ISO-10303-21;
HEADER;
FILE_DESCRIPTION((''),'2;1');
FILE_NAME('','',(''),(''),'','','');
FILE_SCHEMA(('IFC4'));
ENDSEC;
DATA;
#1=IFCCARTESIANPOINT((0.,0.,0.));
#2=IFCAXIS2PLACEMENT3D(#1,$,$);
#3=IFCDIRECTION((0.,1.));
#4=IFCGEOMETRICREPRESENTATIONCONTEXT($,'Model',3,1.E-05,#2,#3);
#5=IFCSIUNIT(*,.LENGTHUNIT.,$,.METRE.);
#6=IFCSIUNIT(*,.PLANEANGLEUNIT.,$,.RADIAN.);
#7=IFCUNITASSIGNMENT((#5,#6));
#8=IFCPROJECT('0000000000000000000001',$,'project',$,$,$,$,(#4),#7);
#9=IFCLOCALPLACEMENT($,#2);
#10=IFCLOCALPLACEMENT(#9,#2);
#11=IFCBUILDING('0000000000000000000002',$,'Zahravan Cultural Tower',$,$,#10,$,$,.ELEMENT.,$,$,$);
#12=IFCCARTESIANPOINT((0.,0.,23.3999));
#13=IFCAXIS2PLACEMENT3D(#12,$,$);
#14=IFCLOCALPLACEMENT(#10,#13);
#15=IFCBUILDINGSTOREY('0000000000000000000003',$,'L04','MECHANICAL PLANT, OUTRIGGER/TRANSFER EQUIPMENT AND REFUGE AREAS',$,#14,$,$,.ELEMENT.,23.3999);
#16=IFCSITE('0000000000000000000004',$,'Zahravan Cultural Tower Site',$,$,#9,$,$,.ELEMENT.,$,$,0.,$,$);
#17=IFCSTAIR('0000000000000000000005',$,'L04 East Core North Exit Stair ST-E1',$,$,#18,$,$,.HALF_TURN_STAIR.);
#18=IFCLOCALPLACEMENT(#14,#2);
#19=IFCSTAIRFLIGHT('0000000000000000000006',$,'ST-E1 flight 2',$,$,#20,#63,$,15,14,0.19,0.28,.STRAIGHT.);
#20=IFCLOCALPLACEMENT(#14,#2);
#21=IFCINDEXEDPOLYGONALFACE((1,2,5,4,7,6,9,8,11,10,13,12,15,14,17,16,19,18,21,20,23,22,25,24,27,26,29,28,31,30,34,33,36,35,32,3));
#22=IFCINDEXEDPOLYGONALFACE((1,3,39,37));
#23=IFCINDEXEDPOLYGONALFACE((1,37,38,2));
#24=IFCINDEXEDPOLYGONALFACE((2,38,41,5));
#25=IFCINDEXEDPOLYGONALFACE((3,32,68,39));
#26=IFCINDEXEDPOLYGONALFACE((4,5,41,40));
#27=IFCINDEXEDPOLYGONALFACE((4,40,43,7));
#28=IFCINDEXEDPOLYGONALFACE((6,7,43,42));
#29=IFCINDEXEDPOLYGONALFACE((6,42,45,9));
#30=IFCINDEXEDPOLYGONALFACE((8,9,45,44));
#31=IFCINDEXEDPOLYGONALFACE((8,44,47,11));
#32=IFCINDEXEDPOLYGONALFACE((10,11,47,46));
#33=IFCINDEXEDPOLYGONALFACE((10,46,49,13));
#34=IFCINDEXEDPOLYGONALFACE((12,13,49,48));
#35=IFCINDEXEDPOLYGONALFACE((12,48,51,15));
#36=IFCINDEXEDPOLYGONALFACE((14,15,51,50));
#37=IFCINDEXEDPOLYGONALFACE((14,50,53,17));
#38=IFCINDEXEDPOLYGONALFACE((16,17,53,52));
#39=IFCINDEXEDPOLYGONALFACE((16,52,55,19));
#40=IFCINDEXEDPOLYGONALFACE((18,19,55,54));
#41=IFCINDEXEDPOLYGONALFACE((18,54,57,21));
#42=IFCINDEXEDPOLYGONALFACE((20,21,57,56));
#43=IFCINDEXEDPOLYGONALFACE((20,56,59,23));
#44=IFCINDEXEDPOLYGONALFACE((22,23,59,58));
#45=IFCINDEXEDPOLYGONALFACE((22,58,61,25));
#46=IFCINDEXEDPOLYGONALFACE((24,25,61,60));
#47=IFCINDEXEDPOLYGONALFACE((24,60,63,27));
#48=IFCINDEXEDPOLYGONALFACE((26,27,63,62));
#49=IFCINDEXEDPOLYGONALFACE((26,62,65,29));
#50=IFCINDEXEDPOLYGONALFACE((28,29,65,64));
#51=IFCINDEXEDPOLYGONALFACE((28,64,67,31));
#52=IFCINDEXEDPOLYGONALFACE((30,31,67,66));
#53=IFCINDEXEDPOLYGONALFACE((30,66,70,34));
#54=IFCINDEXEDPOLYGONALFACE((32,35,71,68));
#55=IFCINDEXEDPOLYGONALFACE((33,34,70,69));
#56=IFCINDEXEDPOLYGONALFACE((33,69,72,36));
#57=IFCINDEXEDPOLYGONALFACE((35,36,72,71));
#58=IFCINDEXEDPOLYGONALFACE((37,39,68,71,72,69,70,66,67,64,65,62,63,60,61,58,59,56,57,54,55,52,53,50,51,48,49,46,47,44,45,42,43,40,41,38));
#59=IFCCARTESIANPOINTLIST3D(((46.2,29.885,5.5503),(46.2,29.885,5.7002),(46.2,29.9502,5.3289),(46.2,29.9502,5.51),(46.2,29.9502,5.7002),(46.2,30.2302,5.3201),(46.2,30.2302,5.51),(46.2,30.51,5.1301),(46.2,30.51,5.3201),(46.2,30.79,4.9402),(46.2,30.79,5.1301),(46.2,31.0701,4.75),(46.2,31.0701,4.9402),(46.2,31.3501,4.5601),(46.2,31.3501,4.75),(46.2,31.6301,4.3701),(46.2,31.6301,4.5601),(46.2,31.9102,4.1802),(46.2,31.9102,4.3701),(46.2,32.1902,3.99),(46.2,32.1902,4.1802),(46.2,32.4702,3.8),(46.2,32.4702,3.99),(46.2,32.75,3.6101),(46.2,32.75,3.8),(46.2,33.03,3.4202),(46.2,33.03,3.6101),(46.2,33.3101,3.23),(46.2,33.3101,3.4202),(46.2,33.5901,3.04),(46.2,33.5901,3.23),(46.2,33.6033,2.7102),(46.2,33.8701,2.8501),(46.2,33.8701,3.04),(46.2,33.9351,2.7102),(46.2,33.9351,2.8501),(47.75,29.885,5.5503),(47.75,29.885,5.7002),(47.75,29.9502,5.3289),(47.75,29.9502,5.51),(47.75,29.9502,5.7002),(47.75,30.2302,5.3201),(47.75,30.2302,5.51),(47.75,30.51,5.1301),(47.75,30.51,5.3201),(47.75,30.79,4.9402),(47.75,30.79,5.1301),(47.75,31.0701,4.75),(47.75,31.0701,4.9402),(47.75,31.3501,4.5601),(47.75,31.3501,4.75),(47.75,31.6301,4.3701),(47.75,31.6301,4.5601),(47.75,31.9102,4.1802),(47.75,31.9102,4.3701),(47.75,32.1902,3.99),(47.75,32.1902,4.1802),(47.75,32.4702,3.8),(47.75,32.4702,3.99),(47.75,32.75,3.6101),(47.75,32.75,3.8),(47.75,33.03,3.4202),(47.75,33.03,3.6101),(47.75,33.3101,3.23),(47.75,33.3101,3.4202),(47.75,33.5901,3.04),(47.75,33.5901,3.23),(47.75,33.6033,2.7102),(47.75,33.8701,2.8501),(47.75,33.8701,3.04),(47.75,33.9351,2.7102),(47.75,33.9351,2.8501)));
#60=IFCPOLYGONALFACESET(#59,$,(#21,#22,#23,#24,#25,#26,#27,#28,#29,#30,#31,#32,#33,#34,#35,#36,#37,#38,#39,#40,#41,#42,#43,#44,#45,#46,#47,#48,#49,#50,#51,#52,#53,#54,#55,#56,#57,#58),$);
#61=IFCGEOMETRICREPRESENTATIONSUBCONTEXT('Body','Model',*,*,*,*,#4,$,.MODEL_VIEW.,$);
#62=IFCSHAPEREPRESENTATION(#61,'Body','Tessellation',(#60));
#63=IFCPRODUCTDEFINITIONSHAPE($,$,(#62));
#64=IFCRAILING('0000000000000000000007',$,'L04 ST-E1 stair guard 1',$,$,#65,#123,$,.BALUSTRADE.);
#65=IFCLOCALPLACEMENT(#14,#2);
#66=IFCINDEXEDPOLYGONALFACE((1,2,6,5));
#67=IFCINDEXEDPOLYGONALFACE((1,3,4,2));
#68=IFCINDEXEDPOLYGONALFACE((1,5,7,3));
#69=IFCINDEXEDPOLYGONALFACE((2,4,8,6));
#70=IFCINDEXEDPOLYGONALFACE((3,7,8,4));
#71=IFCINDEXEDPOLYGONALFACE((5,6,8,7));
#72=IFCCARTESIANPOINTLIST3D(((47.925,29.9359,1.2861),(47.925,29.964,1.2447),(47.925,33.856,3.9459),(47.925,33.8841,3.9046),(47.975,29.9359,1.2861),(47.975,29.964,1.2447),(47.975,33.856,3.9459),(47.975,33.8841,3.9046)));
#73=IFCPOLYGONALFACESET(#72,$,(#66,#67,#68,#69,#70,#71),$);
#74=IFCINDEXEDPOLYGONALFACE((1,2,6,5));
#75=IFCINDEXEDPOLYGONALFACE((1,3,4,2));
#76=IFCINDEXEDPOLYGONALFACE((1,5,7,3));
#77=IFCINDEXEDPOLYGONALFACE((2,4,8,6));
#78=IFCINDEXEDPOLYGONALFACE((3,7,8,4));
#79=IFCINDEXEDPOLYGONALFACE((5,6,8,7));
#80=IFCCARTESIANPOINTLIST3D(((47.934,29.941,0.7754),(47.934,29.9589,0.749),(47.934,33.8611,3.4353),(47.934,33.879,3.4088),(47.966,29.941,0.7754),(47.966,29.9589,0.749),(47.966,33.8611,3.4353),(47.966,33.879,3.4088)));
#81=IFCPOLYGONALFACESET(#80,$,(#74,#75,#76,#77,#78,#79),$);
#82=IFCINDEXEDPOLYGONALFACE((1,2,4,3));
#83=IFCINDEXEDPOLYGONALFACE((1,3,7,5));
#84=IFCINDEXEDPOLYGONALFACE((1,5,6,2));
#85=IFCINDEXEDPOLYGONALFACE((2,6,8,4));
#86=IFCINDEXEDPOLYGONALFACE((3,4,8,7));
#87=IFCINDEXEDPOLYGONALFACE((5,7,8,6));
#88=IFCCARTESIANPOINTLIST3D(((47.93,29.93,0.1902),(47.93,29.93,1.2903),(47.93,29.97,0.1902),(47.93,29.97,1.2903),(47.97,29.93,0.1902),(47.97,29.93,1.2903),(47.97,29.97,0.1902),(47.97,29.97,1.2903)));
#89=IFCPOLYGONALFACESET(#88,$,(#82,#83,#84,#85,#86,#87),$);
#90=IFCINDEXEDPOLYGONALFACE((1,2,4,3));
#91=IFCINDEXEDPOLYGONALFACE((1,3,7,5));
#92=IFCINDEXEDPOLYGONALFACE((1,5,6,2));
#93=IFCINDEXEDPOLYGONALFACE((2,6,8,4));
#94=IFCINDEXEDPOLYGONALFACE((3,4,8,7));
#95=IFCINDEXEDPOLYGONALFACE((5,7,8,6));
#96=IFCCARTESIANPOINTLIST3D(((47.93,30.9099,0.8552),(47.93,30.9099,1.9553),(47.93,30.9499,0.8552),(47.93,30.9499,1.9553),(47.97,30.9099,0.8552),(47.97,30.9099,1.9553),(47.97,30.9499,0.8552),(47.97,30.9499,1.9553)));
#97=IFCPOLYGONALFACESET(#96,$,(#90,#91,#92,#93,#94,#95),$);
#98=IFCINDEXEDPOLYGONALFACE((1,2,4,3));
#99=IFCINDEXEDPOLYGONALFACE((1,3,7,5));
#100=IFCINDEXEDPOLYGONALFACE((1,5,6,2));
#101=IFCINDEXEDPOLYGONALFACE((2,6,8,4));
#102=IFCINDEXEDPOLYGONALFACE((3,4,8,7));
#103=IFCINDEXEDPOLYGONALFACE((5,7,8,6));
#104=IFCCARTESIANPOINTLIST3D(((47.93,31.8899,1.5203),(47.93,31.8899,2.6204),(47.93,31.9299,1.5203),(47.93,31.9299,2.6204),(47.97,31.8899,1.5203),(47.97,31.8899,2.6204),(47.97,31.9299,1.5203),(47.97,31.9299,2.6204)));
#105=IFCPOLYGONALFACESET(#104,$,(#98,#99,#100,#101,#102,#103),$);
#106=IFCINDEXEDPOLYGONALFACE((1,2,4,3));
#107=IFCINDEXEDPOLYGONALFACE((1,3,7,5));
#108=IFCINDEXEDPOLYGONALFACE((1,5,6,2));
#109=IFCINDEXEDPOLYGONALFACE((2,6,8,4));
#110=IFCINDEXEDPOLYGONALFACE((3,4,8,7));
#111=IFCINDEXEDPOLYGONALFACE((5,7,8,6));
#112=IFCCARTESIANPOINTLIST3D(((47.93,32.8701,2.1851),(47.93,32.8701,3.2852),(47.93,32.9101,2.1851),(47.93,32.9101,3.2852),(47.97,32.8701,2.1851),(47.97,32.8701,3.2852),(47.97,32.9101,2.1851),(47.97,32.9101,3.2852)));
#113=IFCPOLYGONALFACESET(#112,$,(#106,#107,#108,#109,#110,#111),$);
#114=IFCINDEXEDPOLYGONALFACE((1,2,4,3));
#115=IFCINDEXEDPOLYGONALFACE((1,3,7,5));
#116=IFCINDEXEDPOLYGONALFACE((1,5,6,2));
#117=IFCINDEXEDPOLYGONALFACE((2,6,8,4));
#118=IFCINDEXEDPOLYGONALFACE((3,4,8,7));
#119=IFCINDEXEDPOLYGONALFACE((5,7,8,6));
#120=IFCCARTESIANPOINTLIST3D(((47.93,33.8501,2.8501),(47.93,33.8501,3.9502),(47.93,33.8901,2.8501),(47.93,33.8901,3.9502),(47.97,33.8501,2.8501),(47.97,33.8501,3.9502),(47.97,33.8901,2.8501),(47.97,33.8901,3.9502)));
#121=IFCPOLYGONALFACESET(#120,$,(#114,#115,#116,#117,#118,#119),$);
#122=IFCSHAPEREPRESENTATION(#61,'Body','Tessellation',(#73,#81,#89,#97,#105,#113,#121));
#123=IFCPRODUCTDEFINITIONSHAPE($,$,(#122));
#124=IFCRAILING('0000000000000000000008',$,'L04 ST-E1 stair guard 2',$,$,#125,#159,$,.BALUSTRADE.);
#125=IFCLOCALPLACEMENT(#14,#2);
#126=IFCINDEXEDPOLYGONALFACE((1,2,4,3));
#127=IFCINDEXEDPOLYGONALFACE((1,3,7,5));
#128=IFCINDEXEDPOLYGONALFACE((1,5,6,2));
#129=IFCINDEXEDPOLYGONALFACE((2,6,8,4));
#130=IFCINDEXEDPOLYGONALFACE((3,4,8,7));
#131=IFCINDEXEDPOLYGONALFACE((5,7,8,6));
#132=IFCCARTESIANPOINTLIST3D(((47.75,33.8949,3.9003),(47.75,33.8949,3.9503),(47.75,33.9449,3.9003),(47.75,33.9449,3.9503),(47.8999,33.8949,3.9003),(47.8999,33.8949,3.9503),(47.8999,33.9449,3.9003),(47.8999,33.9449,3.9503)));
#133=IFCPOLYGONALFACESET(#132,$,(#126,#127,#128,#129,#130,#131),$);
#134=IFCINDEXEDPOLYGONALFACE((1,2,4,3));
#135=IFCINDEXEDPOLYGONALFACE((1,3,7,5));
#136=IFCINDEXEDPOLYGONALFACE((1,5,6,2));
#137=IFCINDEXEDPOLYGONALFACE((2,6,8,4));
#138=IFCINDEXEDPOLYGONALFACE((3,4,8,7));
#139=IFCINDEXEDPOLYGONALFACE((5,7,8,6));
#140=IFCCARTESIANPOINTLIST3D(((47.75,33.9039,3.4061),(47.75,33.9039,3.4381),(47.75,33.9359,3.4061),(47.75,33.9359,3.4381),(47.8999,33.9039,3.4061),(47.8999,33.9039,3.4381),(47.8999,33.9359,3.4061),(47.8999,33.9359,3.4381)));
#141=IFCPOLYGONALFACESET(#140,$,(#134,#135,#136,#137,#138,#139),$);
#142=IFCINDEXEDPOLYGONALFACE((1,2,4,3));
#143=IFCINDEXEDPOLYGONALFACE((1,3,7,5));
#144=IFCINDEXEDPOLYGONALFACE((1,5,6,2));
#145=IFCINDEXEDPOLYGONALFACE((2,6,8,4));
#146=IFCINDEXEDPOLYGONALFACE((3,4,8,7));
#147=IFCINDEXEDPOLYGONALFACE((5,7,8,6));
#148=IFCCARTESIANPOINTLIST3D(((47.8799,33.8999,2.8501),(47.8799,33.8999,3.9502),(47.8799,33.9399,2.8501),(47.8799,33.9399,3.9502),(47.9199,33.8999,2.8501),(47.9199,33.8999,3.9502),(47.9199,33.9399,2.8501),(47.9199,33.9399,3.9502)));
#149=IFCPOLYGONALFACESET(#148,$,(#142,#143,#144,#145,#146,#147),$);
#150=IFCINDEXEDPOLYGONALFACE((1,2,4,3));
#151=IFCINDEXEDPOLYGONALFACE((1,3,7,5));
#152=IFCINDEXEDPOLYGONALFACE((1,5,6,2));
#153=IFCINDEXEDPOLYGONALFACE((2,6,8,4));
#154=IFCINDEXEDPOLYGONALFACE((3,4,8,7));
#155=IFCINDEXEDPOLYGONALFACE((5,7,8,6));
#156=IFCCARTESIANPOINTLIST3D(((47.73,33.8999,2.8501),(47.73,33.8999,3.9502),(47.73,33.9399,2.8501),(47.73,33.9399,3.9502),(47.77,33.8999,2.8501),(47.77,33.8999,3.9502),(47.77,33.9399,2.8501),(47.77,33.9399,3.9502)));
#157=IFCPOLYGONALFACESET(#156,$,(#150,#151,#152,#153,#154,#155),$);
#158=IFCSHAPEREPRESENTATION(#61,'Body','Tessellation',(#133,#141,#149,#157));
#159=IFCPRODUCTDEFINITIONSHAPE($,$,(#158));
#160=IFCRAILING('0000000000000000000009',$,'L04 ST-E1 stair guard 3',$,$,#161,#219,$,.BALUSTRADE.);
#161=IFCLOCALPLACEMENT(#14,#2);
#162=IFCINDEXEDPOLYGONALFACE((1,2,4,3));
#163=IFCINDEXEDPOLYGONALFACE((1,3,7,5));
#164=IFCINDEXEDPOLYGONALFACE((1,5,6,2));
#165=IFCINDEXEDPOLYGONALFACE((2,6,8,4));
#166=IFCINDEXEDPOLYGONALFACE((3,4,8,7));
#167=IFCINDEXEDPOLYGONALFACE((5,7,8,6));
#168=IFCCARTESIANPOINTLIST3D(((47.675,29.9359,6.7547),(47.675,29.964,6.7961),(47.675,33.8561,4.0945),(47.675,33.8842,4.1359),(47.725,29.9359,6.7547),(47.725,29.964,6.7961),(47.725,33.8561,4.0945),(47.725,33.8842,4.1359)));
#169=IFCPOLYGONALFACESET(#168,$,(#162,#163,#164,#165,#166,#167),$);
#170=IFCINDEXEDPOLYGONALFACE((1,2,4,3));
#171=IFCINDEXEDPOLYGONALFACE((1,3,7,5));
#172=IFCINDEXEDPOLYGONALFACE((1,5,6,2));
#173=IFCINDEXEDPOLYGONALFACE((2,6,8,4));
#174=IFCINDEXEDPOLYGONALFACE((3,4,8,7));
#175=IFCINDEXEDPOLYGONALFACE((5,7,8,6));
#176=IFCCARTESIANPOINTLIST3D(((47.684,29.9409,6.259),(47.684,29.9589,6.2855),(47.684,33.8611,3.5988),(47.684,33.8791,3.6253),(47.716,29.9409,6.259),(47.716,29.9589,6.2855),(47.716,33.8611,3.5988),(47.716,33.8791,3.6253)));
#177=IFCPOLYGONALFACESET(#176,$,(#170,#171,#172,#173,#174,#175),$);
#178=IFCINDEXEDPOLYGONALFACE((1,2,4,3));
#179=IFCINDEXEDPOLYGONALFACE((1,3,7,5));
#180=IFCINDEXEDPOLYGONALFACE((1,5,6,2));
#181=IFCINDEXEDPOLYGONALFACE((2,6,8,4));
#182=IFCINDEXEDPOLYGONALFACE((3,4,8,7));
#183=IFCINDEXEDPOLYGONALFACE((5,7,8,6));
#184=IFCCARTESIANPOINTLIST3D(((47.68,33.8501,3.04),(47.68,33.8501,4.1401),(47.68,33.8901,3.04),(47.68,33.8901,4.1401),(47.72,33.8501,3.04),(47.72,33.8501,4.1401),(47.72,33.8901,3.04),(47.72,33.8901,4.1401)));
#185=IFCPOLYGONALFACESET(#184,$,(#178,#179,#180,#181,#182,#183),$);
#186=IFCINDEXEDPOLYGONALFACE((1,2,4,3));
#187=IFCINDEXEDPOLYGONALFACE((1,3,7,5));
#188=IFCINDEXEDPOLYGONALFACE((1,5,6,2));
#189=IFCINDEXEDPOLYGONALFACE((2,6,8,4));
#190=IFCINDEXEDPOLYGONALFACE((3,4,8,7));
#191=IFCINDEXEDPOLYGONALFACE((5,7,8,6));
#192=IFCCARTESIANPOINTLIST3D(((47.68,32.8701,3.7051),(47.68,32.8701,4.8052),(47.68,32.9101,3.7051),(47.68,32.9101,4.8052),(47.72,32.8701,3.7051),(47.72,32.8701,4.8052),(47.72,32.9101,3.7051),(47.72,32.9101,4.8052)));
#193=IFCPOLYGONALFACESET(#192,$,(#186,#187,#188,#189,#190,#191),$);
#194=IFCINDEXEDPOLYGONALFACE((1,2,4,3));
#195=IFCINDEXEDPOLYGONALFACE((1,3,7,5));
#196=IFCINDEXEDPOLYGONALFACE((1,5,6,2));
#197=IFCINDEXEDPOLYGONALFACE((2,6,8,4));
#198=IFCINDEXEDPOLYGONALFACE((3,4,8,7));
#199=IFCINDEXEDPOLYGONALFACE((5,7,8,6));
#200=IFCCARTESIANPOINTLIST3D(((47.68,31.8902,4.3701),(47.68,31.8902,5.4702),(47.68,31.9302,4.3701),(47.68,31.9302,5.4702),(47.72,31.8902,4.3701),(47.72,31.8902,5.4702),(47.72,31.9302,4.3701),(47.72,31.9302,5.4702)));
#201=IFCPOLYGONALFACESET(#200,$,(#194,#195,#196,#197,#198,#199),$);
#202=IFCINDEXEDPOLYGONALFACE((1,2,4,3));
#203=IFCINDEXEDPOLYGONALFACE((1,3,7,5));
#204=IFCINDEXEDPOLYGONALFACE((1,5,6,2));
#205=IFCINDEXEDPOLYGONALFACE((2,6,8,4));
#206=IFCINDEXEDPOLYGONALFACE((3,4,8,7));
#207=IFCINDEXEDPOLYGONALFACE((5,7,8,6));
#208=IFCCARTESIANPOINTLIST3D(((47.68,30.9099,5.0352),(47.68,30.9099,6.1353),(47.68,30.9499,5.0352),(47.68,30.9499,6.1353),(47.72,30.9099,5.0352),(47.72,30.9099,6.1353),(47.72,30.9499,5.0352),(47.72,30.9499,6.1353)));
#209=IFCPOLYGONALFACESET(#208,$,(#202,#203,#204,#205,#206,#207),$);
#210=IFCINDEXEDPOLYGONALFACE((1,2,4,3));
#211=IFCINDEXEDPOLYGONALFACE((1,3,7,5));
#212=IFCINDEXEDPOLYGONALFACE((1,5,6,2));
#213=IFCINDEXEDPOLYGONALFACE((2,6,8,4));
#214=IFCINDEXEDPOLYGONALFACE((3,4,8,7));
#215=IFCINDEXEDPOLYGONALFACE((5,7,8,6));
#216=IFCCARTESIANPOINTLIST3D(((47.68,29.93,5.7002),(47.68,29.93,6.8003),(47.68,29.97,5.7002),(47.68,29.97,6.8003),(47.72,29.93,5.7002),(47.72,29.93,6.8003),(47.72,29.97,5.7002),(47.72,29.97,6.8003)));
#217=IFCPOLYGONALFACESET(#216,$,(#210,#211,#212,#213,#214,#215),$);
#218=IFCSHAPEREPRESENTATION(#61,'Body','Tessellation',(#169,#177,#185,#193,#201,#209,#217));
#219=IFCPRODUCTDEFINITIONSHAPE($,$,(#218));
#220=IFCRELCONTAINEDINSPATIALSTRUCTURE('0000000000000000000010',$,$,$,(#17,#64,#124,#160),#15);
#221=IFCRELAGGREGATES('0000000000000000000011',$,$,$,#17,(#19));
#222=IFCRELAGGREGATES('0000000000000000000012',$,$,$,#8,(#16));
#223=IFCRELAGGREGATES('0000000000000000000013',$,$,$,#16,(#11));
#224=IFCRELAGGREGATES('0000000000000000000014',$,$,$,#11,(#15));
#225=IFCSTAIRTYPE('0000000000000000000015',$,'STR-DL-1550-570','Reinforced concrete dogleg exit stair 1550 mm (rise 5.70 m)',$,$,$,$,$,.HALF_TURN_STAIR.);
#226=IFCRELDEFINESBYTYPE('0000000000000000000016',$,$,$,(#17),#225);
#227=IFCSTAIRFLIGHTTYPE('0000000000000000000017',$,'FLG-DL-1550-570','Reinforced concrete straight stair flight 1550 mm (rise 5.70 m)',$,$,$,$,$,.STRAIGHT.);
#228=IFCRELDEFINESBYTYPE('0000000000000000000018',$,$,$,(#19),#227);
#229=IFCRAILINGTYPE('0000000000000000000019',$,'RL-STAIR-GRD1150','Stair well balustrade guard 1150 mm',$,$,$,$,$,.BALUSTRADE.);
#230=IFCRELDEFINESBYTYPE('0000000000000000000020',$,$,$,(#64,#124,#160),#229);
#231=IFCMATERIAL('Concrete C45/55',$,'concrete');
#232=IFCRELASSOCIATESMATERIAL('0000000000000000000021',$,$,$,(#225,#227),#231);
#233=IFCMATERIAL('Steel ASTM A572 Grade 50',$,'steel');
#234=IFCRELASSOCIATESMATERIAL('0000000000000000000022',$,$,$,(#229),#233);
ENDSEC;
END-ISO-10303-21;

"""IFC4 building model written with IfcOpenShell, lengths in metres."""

from ifc_helpers import new_model, si_unit, direction, frame, origin, origin_2d, place, context, subcontext, project, spatial, polyline, rectangle, outline, extrude, material, type_object, element, aggregate, save


model = new_model("IFC4")

# Units and contexts
model_context = context("Model", 3, precision=1e-05, world=origin(), true_north=direction((0.0, 1.0)))
body_context = subcontext(model_context, "Body", "Model", "MODEL_VIEW")
ifc_project = project(units=[si_unit("LENGTHUNIT", "METRE"), si_unit("PLANEANGLEUNIT", "RADIAN")], contexts=[model_context])

# Site, building, storey
site_placement = place(None, origin())
site = spatial("IfcSite", under=ifc_project, at=site_placement, Name="Zahravan Cultural Tower Site", CompositionType="ELEMENT", RefElevation=0.0)
building_placement = place(site_placement, origin())
building = spatial("IfcBuilding", under=site, at=building_placement, Name="Zahravan Cultural Tower", CompositionType="ELEMENT")
storey_placement = place(building_placement, frame((0.0, 0.0, 23.3999)))
storey = spatial("IfcBuildingStorey", under=building, at=storey_placement, Name="L04", Description="MECHANICAL PLANT, OUTRIGGER/TRANSFER EQUIPMENT AND REFUGE AREAS", CompositionType="ELEMENT", Elevation=23.3999)

# Shared definitions
ifc_material_1 = material(Name="Steel ASTM A572 Grade 50", Category="steel")

# Shared definitions
ifc_material_2 = material(Name="Concrete C45/55", Category="concrete")

# Stair, stair flight
stair_type = type_object("IfcStairType", Name="STR-DL-1550-570", Description="Reinforced concrete dogleg exit stair 1550 mm (rise 5.70 m)", PredefinedType="HALF_TURN_STAIR", material=ifc_material_2)
stair_placement = place(storey_placement, origin())
stair = element("IfcStair", 1, at=stair_placement, inside=storey, type_object=stair_type, Name="L04 East Core North Exit Stair ST-E1", PredefinedType="HALF_TURN_STAIR")
stair_flight_type = type_object("IfcStairFlightType", Name="FLG-DL-1550-570", Description="Reinforced concrete straight stair flight 1550 mm (rise 5.70 m)", PredefinedType="STRAIGHT", material=ifc_material_2)
stair_flight_1_placement = place(storey_placement, frame((46.9751, 33.8701, 2.8501), z_axis=(0.0, 0.0, 1.0), x_axis=(0.0, -1.0, 0.0)))
stair_flight_1 = element("IfcStairFlight", 2, at=stair_flight_1_placement, type_object=stair_flight_type, Name="ST-E1 flight 2", NumberOfRisers=15, NumberOfTreads=14, PredefinedType="STRAIGHT", RiserHeight=0.19, TreadLength=0.28, context=body_context, shape_type="SweptSolid", body=[
    extrude(outline(polyline([(-0.0649, -0.1399), (-0.0649, 0.0), (0.0, 0.0), (0.0, 0.1899), (0.28, 0.1899), (0.28, 0.3799), (0.5601, 0.3799), (0.5601, 0.5701), (0.8401, 0.5701), (0.8401, 0.76), (1.1201, 0.76), (1.1201, 0.95), (1.3999, 0.95), (1.3999, 1.1399), (1.6799, 1.1399), (1.6799, 1.3301), (1.96, 1.3301), (1.96, 1.52), (2.24, 1.52), (2.24, 1.71), (2.52, 1.71), (2.52, 1.8999), (2.8, 1.8999), (2.8, 2.0901), (3.0801, 2.0901), (3.0801, 2.28), (3.3601, 2.28), (3.3601, 2.47), (3.6399, 2.47), (3.6399, 2.6599), (3.9199, 2.6599), (3.9199, 2.8501), (3.9851, 2.8501), (3.9851, 2.7002), (3.9199, 2.4788), (0.2668, -0.1399), (-0.0649, -0.1399)])), frame((0.0, 0.7749, 0.0), z_axis=(0.0, -1.0, 0.0), x_axis=(1.0, 0.0, 0.0)), (0.0, 0.0, 1.0), 1.55),
])
aggregate(stair, [stair_flight_1])

# Railings
railing_type_1 = type_object("IfcRailingType", Name="RL-STAIR-GRD1150", Description="Stair well balustrade guard 1150 mm", PredefinedType="BALUSTRADE", material=ifc_material_1)
railing_1_placement = place(storey_placement, frame((47.95, 29.95, 0.1902)))
element("IfcRailing", 3, at=railing_1_placement, inside=storey, type_object=railing_type_1, Name="L04 ST-E1 stair guard 1", PredefinedType="BALUSTRADE", context=body_context, shape_type="SweptSolid", body=[
    extrude(rectangle(XDim=0.05, YDim=0.05, at=origin_2d()), frame((0.0, 0.0, 1.0752), z_axis=(0.0, 0.827495, 0.561472), x_axis=(-1.0, 0.0, 0.0)), (0.0, 0.0, 1.0), 4.7373),
    extrude(rectangle(XDim=0.032, YDim=0.032, at=origin_2d()), frame((0.0, 0.0, 0.572), z_axis=(0.0, 0.827495, 0.561472), x_axis=(-1.0, 0.0, 0.0)), (0.0, 0.0, 1.0), 4.7373),
    extrude(rectangle(XDim=0.04, YDim=0.04, at=origin_2d()), origin(), (0.0, 0.0, 1.0), 1.1001),
    extrude(rectangle(XDim=0.04, YDim=0.04, at=origin_2d()), frame((0.0, 0.98, 0.665)), (0.0, 0.0, 1.0), 1.1001),
    extrude(rectangle(XDim=0.04, YDim=0.04, at=origin_2d()), frame((0.0, 1.96, 1.3301)), (0.0, 0.0, 1.0), 1.1001),
    extrude(rectangle(XDim=0.04, YDim=0.04, at=origin_2d()), frame((0.0, 2.9402, 1.9949)), (0.0, 0.0, 1.0), 1.1001),
    extrude(rectangle(XDim=0.04, YDim=0.04, at=origin_2d()), frame((0.0, 3.9202, 2.6599)), (0.0, 0.0, 1.0), 1.1001),
])
railing_2_placement = place(storey_placement, frame((47.8999, 33.9199, 2.8501)))
element("IfcRailing", 4, at=railing_2_placement, inside=storey, type_object=railing_type_1, Name="L04 ST-E1 stair guard 2", PredefinedType="BALUSTRADE", context=body_context, shape_type="SweptSolid", body=[
    extrude(rectangle(XDim=0.05, YDim=0.05, at=origin_2d()), frame((0.0, 0.0, 1.0752), z_axis=(-1.0, 0.0, 0.0), x_axis=(0.0, -1.0, 0.0)), (0.0, 0.0, 1.0), 0.1499),
    extrude(rectangle(XDim=0.032, YDim=0.032, at=origin_2d()), frame((0.0, 0.0, 0.572), z_axis=(-1.0, 0.0, 0.0), x_axis=(0.0, -1.0, 0.0)), (0.0, 0.0, 1.0), 0.1499),
    extrude(rectangle(XDim=0.04, YDim=0.04, at=origin_2d()), origin(), (0.0, 0.0, 1.0), 1.1001),
    extrude(rectangle(XDim=0.04, YDim=0.04, at=origin_2d()), frame((-0.1499, 0.0, 0.0)), (0.0, 0.0, 1.0), 1.1001),
])
railing_3_placement = place(storey_placement, frame((47.7, 33.8701, 3.04)))
element("IfcRailing", 5, at=railing_3_placement, inside=storey, type_object=railing_type_1, Name="L04 ST-E1 stair guard 3", PredefinedType="BALUSTRADE", context=body_context, shape_type="SweptSolid", body=[
    extrude(rectangle(XDim=0.05, YDim=0.05, at=origin_2d()), frame((0.0, 0.0, 1.0752), z_axis=(0.0, -0.827471, 0.561508), x_axis=(1.0, 0.0, 0.0)), (0.0, 0.0, 1.0), 4.7375),
    extrude(rectangle(XDim=0.032, YDim=0.032, at=origin_2d()), frame((0.0, 0.0, 0.572), z_axis=(0.0, -0.827471, 0.561508), x_axis=(1.0, 0.0, 0.0)), (0.0, 0.0, 1.0), 4.7375),
    extrude(rectangle(XDim=0.04, YDim=0.04, at=origin_2d()), origin(), (0.0, 0.0, 1.0), 1.1001),
    extrude(rectangle(XDim=0.04, YDim=0.04, at=origin_2d()), frame((0.0, -0.98, 0.665)), (0.0, 0.0, 1.0), 1.1001),
    extrude(rectangle(XDim=0.04, YDim=0.04, at=origin_2d()), frame((0.0, -1.96, 1.3301)), (0.0, 0.0, 1.0), 1.1001),
    extrude(rectangle(XDim=0.04, YDim=0.04, at=origin_2d()), frame((0.0, -2.9402, 1.9951)), (0.0, 0.0, 1.0), 1.1001),
    extrude(rectangle(XDim=0.04, YDim=0.04, at=origin_2d()), frame((0.0, -3.9202, 2.6602)), (0.0, 0.0, 1.0), 1.1001),
])

save(model, "model.ifc")
